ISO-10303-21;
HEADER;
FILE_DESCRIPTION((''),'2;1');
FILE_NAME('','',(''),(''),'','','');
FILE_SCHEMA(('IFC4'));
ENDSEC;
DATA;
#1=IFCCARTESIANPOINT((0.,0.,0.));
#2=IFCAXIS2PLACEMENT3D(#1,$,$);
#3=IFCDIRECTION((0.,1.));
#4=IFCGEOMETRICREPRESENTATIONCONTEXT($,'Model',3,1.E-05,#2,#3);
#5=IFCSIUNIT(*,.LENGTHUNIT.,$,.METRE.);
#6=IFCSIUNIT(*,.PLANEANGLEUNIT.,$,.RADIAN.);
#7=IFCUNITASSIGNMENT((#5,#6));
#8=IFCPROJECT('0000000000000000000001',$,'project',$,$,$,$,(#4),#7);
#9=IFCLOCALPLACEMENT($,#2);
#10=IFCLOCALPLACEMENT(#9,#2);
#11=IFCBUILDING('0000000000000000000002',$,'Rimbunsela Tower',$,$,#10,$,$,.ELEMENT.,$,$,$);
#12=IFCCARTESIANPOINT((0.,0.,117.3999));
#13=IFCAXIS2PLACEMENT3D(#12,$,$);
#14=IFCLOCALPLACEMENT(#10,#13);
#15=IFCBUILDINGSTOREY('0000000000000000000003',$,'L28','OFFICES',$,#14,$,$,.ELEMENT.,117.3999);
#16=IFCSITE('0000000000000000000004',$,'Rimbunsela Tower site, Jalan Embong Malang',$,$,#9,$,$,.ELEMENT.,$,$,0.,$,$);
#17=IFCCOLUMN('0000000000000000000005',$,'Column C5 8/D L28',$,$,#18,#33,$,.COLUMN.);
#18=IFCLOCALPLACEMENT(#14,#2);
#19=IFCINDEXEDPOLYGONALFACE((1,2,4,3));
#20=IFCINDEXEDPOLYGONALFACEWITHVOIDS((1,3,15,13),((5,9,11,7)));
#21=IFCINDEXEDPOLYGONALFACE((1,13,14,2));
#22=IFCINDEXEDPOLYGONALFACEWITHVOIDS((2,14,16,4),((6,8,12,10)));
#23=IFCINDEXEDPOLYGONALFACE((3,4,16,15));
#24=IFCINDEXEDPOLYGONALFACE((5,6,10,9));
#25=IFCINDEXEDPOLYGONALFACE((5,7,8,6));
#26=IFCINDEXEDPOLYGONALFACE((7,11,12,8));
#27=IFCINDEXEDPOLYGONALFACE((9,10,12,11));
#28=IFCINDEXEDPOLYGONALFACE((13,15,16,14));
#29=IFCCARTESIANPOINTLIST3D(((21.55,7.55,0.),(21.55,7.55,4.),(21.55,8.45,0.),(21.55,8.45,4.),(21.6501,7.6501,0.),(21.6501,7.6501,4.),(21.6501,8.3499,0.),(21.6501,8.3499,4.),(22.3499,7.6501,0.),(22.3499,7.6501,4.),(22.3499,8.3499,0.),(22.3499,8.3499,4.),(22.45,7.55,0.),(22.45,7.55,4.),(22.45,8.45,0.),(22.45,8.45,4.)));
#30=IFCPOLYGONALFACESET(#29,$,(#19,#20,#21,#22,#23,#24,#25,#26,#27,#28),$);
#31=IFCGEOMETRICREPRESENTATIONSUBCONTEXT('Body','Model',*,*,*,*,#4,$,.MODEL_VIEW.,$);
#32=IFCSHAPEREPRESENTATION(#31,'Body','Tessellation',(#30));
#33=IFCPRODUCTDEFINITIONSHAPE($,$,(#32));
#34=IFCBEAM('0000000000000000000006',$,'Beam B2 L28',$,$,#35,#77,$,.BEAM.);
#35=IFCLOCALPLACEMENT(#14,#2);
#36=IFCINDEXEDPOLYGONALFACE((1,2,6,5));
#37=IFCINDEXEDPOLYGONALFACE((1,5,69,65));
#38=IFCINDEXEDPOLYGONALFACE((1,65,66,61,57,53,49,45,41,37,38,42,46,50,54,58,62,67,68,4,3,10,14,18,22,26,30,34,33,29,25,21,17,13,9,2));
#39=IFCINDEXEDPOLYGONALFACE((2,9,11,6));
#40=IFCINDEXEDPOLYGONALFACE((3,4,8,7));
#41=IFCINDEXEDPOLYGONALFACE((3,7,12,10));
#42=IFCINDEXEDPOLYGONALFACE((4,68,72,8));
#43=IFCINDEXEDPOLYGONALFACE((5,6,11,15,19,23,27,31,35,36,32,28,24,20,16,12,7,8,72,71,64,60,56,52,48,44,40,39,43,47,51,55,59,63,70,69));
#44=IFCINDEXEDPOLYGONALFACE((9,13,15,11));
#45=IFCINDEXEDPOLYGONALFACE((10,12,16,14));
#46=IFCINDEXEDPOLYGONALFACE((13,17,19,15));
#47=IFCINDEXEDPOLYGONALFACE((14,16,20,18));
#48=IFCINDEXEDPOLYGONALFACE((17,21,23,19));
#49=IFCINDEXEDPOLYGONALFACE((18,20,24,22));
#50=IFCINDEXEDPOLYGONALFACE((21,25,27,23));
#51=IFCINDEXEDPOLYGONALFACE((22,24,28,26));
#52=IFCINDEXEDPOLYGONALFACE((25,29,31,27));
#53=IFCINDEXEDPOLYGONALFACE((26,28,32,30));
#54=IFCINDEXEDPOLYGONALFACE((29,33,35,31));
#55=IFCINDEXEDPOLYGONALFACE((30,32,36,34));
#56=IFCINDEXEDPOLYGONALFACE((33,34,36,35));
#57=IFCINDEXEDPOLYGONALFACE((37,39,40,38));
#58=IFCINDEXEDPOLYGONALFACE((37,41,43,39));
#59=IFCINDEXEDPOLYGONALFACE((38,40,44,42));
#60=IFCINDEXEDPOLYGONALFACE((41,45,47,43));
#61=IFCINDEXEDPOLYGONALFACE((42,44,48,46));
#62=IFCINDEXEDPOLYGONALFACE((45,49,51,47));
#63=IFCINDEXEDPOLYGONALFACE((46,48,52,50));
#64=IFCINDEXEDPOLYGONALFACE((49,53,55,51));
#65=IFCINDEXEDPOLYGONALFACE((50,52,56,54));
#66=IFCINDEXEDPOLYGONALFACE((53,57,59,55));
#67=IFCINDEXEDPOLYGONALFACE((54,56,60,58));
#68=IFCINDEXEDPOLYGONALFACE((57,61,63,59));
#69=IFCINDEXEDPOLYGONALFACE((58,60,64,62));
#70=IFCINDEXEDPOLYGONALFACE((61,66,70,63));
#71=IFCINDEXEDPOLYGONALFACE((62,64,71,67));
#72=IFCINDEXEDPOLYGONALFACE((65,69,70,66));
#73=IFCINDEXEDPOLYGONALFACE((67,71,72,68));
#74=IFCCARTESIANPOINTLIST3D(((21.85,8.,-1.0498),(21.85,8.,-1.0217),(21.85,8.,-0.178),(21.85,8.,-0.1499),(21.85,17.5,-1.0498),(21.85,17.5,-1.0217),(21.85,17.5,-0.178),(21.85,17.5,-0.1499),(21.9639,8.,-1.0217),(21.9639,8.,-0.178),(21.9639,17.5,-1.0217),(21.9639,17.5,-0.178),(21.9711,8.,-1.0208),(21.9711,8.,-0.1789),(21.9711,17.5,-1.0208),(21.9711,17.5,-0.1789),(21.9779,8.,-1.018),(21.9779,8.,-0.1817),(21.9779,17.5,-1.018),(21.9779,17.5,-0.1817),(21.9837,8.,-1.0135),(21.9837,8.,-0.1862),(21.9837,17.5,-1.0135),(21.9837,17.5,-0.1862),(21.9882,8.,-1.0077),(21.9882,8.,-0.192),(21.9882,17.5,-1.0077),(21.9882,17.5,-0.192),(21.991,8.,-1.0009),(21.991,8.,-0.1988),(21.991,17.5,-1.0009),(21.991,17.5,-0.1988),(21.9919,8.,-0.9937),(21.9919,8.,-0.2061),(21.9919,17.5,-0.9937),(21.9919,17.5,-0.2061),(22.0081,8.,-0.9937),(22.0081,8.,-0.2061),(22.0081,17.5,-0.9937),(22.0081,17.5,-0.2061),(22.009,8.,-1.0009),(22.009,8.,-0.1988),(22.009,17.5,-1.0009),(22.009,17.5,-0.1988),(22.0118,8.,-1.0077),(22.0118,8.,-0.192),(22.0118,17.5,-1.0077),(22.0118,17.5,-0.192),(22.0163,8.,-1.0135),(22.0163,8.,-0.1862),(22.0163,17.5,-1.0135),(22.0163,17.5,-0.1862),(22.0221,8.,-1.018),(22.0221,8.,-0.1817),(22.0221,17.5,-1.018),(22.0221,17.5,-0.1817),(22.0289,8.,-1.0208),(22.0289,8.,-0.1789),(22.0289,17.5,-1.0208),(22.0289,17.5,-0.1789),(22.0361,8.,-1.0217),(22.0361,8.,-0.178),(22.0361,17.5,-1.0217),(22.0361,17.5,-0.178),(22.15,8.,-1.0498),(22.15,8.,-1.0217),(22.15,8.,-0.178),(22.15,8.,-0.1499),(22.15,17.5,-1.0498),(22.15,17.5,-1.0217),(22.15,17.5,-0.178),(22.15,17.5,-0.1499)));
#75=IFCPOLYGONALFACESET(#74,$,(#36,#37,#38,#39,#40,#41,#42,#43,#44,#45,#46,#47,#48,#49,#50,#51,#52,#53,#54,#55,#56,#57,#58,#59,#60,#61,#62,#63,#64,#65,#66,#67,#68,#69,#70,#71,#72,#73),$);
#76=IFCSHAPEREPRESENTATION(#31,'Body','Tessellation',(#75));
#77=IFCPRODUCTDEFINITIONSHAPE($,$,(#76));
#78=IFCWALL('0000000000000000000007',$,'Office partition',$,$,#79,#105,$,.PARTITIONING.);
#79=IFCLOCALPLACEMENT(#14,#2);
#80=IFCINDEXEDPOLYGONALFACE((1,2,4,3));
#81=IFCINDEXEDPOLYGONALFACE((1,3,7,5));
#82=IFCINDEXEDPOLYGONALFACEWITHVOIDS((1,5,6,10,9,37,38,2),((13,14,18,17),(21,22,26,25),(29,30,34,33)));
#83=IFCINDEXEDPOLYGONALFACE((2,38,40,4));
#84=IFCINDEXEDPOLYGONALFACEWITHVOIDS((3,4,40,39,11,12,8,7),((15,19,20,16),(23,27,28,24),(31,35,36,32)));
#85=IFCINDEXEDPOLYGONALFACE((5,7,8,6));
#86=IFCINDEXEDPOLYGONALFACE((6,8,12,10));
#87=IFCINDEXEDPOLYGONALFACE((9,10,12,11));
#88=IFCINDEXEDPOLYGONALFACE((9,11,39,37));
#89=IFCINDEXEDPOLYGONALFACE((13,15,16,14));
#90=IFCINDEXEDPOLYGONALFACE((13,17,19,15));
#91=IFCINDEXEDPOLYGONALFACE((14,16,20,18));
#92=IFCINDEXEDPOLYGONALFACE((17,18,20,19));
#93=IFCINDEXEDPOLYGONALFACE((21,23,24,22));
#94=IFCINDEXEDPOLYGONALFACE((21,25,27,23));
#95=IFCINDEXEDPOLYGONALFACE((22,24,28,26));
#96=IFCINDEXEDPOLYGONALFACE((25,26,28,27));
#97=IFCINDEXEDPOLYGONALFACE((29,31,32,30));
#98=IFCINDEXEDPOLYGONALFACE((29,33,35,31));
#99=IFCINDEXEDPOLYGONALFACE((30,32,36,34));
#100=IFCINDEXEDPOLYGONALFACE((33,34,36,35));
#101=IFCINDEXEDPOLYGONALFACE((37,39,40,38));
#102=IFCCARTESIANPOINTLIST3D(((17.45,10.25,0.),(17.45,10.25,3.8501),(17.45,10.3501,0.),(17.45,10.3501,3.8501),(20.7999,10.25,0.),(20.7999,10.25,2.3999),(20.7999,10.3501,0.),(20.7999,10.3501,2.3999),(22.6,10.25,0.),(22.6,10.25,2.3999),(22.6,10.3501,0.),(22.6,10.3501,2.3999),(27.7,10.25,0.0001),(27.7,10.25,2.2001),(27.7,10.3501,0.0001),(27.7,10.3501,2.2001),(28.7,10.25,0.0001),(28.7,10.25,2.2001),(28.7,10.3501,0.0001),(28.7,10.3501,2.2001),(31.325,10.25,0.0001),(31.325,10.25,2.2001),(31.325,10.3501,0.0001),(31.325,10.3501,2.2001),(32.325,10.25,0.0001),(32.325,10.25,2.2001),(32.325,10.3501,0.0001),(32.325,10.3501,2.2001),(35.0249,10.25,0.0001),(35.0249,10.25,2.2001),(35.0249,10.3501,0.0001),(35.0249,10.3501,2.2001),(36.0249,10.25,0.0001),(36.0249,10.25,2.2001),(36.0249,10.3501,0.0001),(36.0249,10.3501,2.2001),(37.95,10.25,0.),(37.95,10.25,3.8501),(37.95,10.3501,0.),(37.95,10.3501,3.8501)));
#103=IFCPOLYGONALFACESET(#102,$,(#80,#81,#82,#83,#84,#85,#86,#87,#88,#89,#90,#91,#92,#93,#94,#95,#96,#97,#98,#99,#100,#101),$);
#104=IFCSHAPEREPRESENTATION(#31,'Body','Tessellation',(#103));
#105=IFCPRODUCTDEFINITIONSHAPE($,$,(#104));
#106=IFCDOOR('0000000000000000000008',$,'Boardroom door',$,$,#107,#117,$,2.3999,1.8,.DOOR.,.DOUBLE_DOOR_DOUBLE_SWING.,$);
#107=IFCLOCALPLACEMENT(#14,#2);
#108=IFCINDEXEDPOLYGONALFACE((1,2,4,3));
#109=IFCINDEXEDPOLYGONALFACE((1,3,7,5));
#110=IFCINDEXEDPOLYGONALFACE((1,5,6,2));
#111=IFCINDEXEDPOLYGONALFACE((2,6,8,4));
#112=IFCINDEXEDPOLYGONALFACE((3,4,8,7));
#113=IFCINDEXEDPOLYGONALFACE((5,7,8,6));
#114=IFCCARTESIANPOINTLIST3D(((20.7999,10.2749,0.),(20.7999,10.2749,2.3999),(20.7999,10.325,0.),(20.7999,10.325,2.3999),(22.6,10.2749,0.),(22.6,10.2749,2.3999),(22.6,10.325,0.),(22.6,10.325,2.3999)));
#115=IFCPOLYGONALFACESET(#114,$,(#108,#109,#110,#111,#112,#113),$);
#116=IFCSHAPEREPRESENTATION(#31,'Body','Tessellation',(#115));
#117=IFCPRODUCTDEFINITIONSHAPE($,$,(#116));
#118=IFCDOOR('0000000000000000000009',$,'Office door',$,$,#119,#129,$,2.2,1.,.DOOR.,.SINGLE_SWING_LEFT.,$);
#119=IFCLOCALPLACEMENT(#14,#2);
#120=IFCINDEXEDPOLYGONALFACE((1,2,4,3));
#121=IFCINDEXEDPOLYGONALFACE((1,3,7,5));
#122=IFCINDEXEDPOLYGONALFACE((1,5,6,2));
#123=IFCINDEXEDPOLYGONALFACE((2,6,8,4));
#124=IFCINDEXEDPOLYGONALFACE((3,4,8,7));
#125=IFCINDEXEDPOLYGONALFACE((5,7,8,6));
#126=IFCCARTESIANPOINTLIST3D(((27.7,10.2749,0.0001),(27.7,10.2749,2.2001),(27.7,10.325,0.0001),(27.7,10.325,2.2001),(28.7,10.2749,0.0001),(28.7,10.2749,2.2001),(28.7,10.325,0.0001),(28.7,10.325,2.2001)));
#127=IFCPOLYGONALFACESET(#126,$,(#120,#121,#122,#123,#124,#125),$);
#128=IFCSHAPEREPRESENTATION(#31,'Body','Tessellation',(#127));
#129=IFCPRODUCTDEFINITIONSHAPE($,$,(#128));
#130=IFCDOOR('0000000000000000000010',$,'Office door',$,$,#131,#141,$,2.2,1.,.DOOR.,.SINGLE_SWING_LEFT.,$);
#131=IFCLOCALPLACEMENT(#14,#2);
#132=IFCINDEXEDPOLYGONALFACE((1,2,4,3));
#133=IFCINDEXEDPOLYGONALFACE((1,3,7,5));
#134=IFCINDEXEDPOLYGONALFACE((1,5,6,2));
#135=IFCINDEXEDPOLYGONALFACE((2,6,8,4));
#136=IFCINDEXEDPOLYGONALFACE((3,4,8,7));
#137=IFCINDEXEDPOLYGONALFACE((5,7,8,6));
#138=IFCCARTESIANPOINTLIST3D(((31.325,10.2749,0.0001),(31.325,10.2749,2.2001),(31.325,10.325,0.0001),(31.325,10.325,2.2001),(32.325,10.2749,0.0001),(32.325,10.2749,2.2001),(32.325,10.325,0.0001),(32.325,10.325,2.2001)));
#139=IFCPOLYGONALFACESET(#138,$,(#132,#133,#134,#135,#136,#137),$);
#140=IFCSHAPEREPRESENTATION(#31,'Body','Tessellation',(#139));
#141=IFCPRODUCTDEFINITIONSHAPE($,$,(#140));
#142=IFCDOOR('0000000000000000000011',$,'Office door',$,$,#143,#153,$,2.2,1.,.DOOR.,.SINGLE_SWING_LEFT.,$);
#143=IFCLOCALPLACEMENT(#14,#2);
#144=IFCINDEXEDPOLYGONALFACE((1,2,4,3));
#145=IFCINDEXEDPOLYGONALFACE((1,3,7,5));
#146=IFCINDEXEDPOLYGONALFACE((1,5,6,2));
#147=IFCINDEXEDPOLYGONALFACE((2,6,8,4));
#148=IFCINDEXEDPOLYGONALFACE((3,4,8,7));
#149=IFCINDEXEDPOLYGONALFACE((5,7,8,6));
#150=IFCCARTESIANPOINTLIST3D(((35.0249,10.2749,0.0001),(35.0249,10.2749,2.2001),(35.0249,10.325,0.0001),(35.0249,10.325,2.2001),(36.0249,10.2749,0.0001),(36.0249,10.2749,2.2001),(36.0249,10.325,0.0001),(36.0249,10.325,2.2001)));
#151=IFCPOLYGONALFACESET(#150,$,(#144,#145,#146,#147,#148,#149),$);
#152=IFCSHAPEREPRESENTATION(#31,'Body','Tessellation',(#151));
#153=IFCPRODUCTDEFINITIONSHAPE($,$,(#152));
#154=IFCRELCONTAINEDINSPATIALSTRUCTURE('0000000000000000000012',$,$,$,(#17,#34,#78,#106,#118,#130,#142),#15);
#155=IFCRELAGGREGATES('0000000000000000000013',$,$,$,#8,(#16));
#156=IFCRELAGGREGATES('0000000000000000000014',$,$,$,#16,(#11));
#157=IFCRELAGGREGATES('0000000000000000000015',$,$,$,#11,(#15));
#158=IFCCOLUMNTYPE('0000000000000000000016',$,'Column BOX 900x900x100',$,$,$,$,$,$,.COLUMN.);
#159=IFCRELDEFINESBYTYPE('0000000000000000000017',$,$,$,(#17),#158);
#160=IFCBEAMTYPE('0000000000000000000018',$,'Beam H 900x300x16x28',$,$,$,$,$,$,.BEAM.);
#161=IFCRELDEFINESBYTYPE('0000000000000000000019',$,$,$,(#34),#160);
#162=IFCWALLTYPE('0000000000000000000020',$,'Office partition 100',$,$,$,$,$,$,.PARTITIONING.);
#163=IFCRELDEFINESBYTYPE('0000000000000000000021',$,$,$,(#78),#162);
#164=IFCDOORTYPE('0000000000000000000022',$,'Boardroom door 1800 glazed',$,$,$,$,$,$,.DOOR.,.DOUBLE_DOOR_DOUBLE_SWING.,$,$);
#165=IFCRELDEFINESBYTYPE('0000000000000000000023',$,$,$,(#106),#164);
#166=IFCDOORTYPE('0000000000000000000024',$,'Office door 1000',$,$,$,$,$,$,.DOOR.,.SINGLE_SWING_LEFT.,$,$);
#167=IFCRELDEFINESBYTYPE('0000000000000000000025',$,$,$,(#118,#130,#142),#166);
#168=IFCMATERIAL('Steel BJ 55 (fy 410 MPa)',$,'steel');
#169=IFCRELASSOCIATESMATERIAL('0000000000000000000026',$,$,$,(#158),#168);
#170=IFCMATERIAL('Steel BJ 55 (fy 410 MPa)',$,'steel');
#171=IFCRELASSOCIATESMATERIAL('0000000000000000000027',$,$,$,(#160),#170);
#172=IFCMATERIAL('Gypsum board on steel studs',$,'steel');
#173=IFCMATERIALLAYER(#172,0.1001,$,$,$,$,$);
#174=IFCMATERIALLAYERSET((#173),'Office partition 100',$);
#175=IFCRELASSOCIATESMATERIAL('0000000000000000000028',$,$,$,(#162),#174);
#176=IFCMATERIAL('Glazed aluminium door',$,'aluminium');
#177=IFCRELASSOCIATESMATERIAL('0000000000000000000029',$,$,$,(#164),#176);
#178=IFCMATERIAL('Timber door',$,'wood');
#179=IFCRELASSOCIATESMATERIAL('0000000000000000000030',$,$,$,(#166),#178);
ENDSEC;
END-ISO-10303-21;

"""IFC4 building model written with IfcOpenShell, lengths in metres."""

from ifc_helpers import new_model, si_unit, direction, frame, frame_2d, origin, origin_2d, place, context, subcontext, project, spatial, rectangle, hollow_rectangle, i_section, extrude, material, layer, layer_set, material_profile, profile_set, type_object, element, fill, save


model = new_model("IFC4")

# Units and contexts
model_context = context("Model", 3, precision=1e-05, world=origin(), true_north=direction((0.0, 1.0)))
body_context = subcontext(model_context, "Body", "Model", "MODEL_VIEW")
ifc_project = project(units=[si_unit("LENGTHUNIT", "METRE"), si_unit("PLANEANGLEUNIT", "RADIAN")], contexts=[model_context])

# Site, building, storey
site_placement = place(None, origin())
site = spatial("IfcSite", under=ifc_project, at=site_placement, Name="Rimbunsela Tower site, Jalan Embong Malang", CompositionType="ELEMENT", RefElevation=0.0)
building_placement = place(site_placement, origin())
building = spatial("IfcBuilding", under=site, at=building_placement, Name="Rimbunsela Tower", CompositionType="ELEMENT")
storey_placement = place(building_placement, frame((0.0, 0.0, 117.3999)))
storey = spatial("IfcBuildingStorey", under=building, at=storey_placement, Name="L28", Description="OFFICES", CompositionType="ELEMENT", Elevation=117.3999)

# Column
ifc_material_1 = material(Name="Steel BJ 55 (fy 410 MPa)", Category="steel")
ifc_material_profile_1 = material_profile(ifc_material_1, hollow_rectangle(XDim=0.8999, YDim=0.8999, WallThickness=0.1001, at=origin_2d()), Name="BOX 900x900x100")
ifc_profile_set_1 = profile_set([ifc_material_profile_1], Name="Steel BJ 55 (fy 410 MPa)")
column_type = type_object("IfcColumnType", Name="Column BOX 900x900x100", PredefinedType="COLUMN", material=ifc_profile_set_1)
column_placement = place(storey_placement, frame((22.0, 8.0, 0.0), z_axis=(0.0, 0.0, 1.0), x_axis=(1.0, 0.0, 0.0)))
element("IfcColumn", 1, at=column_placement, inside=storey, type_object=column_type, Name="Column C5 8/D L28", PredefinedType="COLUMN", context=body_context, shape_type="SweptSolid", body=[
    extrude(hollow_rectangle(XDim=0.8999, YDim=0.8999, WallThickness=0.1001, at=origin_2d()), origin(), (0.0, 0.0, 1.0), 4.0),
])

# Beam
ifc_material_2 = material(Name="Steel BJ 55 (fy 410 MPa)", Category="steel")
ifc_material_profile_2 = material_profile(ifc_material_2, i_section(OverallWidth=0.3, OverallDepth=0.8999, WebThickness=0.0161, FlangeThickness=0.0281, FilletRadius=0.0281, at=origin_2d()), Name="H 900x300x16x28")
ifc_profile_set_2 = profile_set([ifc_material_profile_2], Name="Steel BJ 55 (fy 410 MPa)")
beam_type = type_object("IfcBeamType", Name="Beam H 900x300x16x28", PredefinedType="BEAM", material=ifc_profile_set_2)
beam_placement = place(storey_placement, frame((22.0, 8.0, -0.5999), z_axis=(0.0, 1.0, 0.0), x_axis=(-1.0, 0.0, 0.0)))
element("IfcBeam", 2, at=beam_placement, inside=storey, type_object=beam_type, Name="Beam B2 L28", PredefinedType="BEAM", context=body_context, shape_type="SweptSolid", body=[
    extrude(i_section(OverallWidth=0.3, OverallDepth=0.8999, WebThickness=0.0161, FlangeThickness=0.0281, FilletRadius=0.0281, at=origin_2d()), origin(), (0.0, 0.0, 1.0), 9.5),
])

# Wall, openings, doors
ifc_material_3 = material(Name="Gypsum board on steel studs", Category="steel")
ifc_layer_1 = layer(ifc_material_3, 0.1001)
ifc_layer_set_1 = layer_set([ifc_layer_1], Name="Office partition 100")
wall_type_1 = type_object("IfcWallType", Name="Office partition 100", PredefinedType="PARTITIONING", material=ifc_layer_set_1)
wall_1_placement = place(storey_placement, frame((17.45, 10.3, 0.0), z_axis=(0.0, 0.0, 1.0), x_axis=(1.0, 0.0, 0.0)))
wall_1 = element("IfcWall", 3, at=wall_1_placement, inside=storey, type_object=wall_type_1, Name="Office partition", PredefinedType="PARTITIONING", context=body_context, shape_type="SweptSolid", body=[
    extrude(rectangle(XDim=20.5, YDim=0.1001, at=frame_2d((10.25, 0.0))), origin(), (0.0, 0.0, 1.0), 3.8501),
])
opening_1_placement = place(wall_1_placement, frame((3.3501, 0.0, 0.0)))
opening_1 = element("IfcOpeningElement", 4, at=opening_1_placement, cuts=wall_1, PredefinedType="OPENING", context=body_context, shape_type="SweptSolid", body=[
    extrude(rectangle(XDim=1.8, YDim=2.3999, at=frame_2d((0.8999, 1.2))), frame((0.0, 0.0601, 0.0), z_axis=(0.0, -1.0, 0.0), x_axis=(1.0, 0.0, 0.0)), (0.0, 0.0, 1.0), 0.1201),
])
opening_2_placement = place(wall_1_placement, frame((10.25, 0.0, 0.0)))
opening_2 = element("IfcOpeningElement", 5, at=opening_2_placement, cuts=wall_1, PredefinedType="OPENING", context=body_context, shape_type="SweptSolid", body=[
    extrude(rectangle(XDim=1.0, YDim=2.2, at=frame_2d((0.5, 1.1001))), frame((0.0, 0.0601, 0.0), z_axis=(0.0, -1.0, 0.0), x_axis=(1.0, 0.0, 0.0)), (0.0, 0.0, 1.0), 0.1201),
])
opening_3_placement = place(wall_1_placement, frame((13.875, 0.0, 0.0)))
opening_3 = element("IfcOpeningElement", 6, at=opening_3_placement, cuts=wall_1, PredefinedType="OPENING", context=body_context, shape_type="SweptSolid", body=[
    extrude(rectangle(XDim=1.0, YDim=2.2, at=frame_2d((0.5, 1.1001))), frame((0.0, 0.0601, 0.0), z_axis=(0.0, -1.0, 0.0), x_axis=(1.0, 0.0, 0.0)), (0.0, 0.0, 1.0), 0.1201),
])
opening_4_placement = place(wall_1_placement, frame((17.575, 0.0, 0.0)))
opening_4 = element("IfcOpeningElement", 7, at=opening_4_placement, cuts=wall_1, PredefinedType="OPENING", context=body_context, shape_type="SweptSolid", body=[
    extrude(rectangle(XDim=1.0, YDim=2.2, at=frame_2d((0.5, 1.1001))), frame((0.0, 0.0601, 0.0), z_axis=(0.0, -1.0, 0.0), x_axis=(1.0, 0.0, 0.0)), (0.0, 0.0, 1.0), 0.1201),
])
ifc_material_4 = material(Name="Glazed aluminium door", Category="aluminium")
door_type_1 = type_object("IfcDoorType", Name="Boardroom door 1800 glazed", OperationType="DOUBLE_DOOR_DOUBLE_SWING", PredefinedType="DOOR", material=ifc_material_4)
door_1_placement = place(opening_1_placement, origin())
door_1 = element("IfcDoor", 8, at=door_1_placement, inside=storey, type_object=door_type_1, Name="Boardroom door", OperationType="DOUBLE_DOOR_DOUBLE_SWING", OverallHeight=2.3999, OverallWidth=1.8, PredefinedType="DOOR", context=body_context, shape_type="SweptSolid", body=[
    extrude(rectangle(XDim=1.8, YDim=2.3999, at=frame_2d((0.8999, 1.2))), frame((0.0, 0.0249, 0.0), z_axis=(0.0, -1.0, 0.0), x_axis=(1.0, 0.0, 0.0)), (0.0, 0.0, 1.0), 0.05),
])
fill(opening_1, door_1)
ifc_material_5 = material(Name="Timber door", Category="wood")
door_type_2 = type_object("IfcDoorType", Name="Office door 1000", OperationType="SINGLE_SWING_LEFT", PredefinedType="DOOR", material=ifc_material_5)
door_2_placement = place(opening_2_placement, origin())
door_2 = element("IfcDoor", 9, at=door_2_placement, inside=storey, type_object=door_type_2, Name="Office door", OperationType="SINGLE_SWING_LEFT", OverallHeight=2.2, OverallWidth=1.0, PredefinedType="DOOR", context=body_context, shape_type="SweptSolid", body=[
    extrude(rectangle(XDim=1.0, YDim=2.2, at=frame_2d((0.5, 1.1001))), frame((0.0, 0.0249, 0.0), z_axis=(0.0, -1.0, 0.0), x_axis=(1.0, 0.0, 0.0)), (0.0, 0.0, 1.0), 0.05),
])
fill(opening_2, door_2)
door_3_placement = place(opening_3_placement, origin())
door_3 = element("IfcDoor", 10, at=door_3_placement, inside=storey, type_object=door_type_2, Name="Office door", OperationType="SINGLE_SWING_LEFT", OverallHeight=2.2, OverallWidth=1.0, PredefinedType="DOOR", context=body_context, shape_type="SweptSolid", body=[
    extrude(rectangle(XDim=1.0, YDim=2.2, at=frame_2d((0.5, 1.1001))), frame((0.0, 0.0249, 0.0), z_axis=(0.0, -1.0, 0.0), x_axis=(1.0, 0.0, 0.0)), (0.0, 0.0, 1.0), 0.05),
])
fill(opening_3, door_3)
door_4_placement = place(opening_4_placement, origin())
door_4 = element("IfcDoor", 11, at=door_4_placement, inside=storey, type_object=door_type_2, Name="Office door", OperationType="SINGLE_SWING_LEFT", OverallHeight=2.2, OverallWidth=1.0, PredefinedType="DOOR", context=body_context, shape_type="SweptSolid", body=[
    extrude(rectangle(XDim=1.0, YDim=2.2, at=frame_2d((0.5, 1.1001))), frame((0.0, 0.0249, 0.0), z_axis=(0.0, -1.0, 0.0), x_axis=(1.0, 0.0, 0.0)), (0.0, 0.0, 1.0), 0.05),
])
fill(opening_4, door_4)

save(model, "model.ifc")
